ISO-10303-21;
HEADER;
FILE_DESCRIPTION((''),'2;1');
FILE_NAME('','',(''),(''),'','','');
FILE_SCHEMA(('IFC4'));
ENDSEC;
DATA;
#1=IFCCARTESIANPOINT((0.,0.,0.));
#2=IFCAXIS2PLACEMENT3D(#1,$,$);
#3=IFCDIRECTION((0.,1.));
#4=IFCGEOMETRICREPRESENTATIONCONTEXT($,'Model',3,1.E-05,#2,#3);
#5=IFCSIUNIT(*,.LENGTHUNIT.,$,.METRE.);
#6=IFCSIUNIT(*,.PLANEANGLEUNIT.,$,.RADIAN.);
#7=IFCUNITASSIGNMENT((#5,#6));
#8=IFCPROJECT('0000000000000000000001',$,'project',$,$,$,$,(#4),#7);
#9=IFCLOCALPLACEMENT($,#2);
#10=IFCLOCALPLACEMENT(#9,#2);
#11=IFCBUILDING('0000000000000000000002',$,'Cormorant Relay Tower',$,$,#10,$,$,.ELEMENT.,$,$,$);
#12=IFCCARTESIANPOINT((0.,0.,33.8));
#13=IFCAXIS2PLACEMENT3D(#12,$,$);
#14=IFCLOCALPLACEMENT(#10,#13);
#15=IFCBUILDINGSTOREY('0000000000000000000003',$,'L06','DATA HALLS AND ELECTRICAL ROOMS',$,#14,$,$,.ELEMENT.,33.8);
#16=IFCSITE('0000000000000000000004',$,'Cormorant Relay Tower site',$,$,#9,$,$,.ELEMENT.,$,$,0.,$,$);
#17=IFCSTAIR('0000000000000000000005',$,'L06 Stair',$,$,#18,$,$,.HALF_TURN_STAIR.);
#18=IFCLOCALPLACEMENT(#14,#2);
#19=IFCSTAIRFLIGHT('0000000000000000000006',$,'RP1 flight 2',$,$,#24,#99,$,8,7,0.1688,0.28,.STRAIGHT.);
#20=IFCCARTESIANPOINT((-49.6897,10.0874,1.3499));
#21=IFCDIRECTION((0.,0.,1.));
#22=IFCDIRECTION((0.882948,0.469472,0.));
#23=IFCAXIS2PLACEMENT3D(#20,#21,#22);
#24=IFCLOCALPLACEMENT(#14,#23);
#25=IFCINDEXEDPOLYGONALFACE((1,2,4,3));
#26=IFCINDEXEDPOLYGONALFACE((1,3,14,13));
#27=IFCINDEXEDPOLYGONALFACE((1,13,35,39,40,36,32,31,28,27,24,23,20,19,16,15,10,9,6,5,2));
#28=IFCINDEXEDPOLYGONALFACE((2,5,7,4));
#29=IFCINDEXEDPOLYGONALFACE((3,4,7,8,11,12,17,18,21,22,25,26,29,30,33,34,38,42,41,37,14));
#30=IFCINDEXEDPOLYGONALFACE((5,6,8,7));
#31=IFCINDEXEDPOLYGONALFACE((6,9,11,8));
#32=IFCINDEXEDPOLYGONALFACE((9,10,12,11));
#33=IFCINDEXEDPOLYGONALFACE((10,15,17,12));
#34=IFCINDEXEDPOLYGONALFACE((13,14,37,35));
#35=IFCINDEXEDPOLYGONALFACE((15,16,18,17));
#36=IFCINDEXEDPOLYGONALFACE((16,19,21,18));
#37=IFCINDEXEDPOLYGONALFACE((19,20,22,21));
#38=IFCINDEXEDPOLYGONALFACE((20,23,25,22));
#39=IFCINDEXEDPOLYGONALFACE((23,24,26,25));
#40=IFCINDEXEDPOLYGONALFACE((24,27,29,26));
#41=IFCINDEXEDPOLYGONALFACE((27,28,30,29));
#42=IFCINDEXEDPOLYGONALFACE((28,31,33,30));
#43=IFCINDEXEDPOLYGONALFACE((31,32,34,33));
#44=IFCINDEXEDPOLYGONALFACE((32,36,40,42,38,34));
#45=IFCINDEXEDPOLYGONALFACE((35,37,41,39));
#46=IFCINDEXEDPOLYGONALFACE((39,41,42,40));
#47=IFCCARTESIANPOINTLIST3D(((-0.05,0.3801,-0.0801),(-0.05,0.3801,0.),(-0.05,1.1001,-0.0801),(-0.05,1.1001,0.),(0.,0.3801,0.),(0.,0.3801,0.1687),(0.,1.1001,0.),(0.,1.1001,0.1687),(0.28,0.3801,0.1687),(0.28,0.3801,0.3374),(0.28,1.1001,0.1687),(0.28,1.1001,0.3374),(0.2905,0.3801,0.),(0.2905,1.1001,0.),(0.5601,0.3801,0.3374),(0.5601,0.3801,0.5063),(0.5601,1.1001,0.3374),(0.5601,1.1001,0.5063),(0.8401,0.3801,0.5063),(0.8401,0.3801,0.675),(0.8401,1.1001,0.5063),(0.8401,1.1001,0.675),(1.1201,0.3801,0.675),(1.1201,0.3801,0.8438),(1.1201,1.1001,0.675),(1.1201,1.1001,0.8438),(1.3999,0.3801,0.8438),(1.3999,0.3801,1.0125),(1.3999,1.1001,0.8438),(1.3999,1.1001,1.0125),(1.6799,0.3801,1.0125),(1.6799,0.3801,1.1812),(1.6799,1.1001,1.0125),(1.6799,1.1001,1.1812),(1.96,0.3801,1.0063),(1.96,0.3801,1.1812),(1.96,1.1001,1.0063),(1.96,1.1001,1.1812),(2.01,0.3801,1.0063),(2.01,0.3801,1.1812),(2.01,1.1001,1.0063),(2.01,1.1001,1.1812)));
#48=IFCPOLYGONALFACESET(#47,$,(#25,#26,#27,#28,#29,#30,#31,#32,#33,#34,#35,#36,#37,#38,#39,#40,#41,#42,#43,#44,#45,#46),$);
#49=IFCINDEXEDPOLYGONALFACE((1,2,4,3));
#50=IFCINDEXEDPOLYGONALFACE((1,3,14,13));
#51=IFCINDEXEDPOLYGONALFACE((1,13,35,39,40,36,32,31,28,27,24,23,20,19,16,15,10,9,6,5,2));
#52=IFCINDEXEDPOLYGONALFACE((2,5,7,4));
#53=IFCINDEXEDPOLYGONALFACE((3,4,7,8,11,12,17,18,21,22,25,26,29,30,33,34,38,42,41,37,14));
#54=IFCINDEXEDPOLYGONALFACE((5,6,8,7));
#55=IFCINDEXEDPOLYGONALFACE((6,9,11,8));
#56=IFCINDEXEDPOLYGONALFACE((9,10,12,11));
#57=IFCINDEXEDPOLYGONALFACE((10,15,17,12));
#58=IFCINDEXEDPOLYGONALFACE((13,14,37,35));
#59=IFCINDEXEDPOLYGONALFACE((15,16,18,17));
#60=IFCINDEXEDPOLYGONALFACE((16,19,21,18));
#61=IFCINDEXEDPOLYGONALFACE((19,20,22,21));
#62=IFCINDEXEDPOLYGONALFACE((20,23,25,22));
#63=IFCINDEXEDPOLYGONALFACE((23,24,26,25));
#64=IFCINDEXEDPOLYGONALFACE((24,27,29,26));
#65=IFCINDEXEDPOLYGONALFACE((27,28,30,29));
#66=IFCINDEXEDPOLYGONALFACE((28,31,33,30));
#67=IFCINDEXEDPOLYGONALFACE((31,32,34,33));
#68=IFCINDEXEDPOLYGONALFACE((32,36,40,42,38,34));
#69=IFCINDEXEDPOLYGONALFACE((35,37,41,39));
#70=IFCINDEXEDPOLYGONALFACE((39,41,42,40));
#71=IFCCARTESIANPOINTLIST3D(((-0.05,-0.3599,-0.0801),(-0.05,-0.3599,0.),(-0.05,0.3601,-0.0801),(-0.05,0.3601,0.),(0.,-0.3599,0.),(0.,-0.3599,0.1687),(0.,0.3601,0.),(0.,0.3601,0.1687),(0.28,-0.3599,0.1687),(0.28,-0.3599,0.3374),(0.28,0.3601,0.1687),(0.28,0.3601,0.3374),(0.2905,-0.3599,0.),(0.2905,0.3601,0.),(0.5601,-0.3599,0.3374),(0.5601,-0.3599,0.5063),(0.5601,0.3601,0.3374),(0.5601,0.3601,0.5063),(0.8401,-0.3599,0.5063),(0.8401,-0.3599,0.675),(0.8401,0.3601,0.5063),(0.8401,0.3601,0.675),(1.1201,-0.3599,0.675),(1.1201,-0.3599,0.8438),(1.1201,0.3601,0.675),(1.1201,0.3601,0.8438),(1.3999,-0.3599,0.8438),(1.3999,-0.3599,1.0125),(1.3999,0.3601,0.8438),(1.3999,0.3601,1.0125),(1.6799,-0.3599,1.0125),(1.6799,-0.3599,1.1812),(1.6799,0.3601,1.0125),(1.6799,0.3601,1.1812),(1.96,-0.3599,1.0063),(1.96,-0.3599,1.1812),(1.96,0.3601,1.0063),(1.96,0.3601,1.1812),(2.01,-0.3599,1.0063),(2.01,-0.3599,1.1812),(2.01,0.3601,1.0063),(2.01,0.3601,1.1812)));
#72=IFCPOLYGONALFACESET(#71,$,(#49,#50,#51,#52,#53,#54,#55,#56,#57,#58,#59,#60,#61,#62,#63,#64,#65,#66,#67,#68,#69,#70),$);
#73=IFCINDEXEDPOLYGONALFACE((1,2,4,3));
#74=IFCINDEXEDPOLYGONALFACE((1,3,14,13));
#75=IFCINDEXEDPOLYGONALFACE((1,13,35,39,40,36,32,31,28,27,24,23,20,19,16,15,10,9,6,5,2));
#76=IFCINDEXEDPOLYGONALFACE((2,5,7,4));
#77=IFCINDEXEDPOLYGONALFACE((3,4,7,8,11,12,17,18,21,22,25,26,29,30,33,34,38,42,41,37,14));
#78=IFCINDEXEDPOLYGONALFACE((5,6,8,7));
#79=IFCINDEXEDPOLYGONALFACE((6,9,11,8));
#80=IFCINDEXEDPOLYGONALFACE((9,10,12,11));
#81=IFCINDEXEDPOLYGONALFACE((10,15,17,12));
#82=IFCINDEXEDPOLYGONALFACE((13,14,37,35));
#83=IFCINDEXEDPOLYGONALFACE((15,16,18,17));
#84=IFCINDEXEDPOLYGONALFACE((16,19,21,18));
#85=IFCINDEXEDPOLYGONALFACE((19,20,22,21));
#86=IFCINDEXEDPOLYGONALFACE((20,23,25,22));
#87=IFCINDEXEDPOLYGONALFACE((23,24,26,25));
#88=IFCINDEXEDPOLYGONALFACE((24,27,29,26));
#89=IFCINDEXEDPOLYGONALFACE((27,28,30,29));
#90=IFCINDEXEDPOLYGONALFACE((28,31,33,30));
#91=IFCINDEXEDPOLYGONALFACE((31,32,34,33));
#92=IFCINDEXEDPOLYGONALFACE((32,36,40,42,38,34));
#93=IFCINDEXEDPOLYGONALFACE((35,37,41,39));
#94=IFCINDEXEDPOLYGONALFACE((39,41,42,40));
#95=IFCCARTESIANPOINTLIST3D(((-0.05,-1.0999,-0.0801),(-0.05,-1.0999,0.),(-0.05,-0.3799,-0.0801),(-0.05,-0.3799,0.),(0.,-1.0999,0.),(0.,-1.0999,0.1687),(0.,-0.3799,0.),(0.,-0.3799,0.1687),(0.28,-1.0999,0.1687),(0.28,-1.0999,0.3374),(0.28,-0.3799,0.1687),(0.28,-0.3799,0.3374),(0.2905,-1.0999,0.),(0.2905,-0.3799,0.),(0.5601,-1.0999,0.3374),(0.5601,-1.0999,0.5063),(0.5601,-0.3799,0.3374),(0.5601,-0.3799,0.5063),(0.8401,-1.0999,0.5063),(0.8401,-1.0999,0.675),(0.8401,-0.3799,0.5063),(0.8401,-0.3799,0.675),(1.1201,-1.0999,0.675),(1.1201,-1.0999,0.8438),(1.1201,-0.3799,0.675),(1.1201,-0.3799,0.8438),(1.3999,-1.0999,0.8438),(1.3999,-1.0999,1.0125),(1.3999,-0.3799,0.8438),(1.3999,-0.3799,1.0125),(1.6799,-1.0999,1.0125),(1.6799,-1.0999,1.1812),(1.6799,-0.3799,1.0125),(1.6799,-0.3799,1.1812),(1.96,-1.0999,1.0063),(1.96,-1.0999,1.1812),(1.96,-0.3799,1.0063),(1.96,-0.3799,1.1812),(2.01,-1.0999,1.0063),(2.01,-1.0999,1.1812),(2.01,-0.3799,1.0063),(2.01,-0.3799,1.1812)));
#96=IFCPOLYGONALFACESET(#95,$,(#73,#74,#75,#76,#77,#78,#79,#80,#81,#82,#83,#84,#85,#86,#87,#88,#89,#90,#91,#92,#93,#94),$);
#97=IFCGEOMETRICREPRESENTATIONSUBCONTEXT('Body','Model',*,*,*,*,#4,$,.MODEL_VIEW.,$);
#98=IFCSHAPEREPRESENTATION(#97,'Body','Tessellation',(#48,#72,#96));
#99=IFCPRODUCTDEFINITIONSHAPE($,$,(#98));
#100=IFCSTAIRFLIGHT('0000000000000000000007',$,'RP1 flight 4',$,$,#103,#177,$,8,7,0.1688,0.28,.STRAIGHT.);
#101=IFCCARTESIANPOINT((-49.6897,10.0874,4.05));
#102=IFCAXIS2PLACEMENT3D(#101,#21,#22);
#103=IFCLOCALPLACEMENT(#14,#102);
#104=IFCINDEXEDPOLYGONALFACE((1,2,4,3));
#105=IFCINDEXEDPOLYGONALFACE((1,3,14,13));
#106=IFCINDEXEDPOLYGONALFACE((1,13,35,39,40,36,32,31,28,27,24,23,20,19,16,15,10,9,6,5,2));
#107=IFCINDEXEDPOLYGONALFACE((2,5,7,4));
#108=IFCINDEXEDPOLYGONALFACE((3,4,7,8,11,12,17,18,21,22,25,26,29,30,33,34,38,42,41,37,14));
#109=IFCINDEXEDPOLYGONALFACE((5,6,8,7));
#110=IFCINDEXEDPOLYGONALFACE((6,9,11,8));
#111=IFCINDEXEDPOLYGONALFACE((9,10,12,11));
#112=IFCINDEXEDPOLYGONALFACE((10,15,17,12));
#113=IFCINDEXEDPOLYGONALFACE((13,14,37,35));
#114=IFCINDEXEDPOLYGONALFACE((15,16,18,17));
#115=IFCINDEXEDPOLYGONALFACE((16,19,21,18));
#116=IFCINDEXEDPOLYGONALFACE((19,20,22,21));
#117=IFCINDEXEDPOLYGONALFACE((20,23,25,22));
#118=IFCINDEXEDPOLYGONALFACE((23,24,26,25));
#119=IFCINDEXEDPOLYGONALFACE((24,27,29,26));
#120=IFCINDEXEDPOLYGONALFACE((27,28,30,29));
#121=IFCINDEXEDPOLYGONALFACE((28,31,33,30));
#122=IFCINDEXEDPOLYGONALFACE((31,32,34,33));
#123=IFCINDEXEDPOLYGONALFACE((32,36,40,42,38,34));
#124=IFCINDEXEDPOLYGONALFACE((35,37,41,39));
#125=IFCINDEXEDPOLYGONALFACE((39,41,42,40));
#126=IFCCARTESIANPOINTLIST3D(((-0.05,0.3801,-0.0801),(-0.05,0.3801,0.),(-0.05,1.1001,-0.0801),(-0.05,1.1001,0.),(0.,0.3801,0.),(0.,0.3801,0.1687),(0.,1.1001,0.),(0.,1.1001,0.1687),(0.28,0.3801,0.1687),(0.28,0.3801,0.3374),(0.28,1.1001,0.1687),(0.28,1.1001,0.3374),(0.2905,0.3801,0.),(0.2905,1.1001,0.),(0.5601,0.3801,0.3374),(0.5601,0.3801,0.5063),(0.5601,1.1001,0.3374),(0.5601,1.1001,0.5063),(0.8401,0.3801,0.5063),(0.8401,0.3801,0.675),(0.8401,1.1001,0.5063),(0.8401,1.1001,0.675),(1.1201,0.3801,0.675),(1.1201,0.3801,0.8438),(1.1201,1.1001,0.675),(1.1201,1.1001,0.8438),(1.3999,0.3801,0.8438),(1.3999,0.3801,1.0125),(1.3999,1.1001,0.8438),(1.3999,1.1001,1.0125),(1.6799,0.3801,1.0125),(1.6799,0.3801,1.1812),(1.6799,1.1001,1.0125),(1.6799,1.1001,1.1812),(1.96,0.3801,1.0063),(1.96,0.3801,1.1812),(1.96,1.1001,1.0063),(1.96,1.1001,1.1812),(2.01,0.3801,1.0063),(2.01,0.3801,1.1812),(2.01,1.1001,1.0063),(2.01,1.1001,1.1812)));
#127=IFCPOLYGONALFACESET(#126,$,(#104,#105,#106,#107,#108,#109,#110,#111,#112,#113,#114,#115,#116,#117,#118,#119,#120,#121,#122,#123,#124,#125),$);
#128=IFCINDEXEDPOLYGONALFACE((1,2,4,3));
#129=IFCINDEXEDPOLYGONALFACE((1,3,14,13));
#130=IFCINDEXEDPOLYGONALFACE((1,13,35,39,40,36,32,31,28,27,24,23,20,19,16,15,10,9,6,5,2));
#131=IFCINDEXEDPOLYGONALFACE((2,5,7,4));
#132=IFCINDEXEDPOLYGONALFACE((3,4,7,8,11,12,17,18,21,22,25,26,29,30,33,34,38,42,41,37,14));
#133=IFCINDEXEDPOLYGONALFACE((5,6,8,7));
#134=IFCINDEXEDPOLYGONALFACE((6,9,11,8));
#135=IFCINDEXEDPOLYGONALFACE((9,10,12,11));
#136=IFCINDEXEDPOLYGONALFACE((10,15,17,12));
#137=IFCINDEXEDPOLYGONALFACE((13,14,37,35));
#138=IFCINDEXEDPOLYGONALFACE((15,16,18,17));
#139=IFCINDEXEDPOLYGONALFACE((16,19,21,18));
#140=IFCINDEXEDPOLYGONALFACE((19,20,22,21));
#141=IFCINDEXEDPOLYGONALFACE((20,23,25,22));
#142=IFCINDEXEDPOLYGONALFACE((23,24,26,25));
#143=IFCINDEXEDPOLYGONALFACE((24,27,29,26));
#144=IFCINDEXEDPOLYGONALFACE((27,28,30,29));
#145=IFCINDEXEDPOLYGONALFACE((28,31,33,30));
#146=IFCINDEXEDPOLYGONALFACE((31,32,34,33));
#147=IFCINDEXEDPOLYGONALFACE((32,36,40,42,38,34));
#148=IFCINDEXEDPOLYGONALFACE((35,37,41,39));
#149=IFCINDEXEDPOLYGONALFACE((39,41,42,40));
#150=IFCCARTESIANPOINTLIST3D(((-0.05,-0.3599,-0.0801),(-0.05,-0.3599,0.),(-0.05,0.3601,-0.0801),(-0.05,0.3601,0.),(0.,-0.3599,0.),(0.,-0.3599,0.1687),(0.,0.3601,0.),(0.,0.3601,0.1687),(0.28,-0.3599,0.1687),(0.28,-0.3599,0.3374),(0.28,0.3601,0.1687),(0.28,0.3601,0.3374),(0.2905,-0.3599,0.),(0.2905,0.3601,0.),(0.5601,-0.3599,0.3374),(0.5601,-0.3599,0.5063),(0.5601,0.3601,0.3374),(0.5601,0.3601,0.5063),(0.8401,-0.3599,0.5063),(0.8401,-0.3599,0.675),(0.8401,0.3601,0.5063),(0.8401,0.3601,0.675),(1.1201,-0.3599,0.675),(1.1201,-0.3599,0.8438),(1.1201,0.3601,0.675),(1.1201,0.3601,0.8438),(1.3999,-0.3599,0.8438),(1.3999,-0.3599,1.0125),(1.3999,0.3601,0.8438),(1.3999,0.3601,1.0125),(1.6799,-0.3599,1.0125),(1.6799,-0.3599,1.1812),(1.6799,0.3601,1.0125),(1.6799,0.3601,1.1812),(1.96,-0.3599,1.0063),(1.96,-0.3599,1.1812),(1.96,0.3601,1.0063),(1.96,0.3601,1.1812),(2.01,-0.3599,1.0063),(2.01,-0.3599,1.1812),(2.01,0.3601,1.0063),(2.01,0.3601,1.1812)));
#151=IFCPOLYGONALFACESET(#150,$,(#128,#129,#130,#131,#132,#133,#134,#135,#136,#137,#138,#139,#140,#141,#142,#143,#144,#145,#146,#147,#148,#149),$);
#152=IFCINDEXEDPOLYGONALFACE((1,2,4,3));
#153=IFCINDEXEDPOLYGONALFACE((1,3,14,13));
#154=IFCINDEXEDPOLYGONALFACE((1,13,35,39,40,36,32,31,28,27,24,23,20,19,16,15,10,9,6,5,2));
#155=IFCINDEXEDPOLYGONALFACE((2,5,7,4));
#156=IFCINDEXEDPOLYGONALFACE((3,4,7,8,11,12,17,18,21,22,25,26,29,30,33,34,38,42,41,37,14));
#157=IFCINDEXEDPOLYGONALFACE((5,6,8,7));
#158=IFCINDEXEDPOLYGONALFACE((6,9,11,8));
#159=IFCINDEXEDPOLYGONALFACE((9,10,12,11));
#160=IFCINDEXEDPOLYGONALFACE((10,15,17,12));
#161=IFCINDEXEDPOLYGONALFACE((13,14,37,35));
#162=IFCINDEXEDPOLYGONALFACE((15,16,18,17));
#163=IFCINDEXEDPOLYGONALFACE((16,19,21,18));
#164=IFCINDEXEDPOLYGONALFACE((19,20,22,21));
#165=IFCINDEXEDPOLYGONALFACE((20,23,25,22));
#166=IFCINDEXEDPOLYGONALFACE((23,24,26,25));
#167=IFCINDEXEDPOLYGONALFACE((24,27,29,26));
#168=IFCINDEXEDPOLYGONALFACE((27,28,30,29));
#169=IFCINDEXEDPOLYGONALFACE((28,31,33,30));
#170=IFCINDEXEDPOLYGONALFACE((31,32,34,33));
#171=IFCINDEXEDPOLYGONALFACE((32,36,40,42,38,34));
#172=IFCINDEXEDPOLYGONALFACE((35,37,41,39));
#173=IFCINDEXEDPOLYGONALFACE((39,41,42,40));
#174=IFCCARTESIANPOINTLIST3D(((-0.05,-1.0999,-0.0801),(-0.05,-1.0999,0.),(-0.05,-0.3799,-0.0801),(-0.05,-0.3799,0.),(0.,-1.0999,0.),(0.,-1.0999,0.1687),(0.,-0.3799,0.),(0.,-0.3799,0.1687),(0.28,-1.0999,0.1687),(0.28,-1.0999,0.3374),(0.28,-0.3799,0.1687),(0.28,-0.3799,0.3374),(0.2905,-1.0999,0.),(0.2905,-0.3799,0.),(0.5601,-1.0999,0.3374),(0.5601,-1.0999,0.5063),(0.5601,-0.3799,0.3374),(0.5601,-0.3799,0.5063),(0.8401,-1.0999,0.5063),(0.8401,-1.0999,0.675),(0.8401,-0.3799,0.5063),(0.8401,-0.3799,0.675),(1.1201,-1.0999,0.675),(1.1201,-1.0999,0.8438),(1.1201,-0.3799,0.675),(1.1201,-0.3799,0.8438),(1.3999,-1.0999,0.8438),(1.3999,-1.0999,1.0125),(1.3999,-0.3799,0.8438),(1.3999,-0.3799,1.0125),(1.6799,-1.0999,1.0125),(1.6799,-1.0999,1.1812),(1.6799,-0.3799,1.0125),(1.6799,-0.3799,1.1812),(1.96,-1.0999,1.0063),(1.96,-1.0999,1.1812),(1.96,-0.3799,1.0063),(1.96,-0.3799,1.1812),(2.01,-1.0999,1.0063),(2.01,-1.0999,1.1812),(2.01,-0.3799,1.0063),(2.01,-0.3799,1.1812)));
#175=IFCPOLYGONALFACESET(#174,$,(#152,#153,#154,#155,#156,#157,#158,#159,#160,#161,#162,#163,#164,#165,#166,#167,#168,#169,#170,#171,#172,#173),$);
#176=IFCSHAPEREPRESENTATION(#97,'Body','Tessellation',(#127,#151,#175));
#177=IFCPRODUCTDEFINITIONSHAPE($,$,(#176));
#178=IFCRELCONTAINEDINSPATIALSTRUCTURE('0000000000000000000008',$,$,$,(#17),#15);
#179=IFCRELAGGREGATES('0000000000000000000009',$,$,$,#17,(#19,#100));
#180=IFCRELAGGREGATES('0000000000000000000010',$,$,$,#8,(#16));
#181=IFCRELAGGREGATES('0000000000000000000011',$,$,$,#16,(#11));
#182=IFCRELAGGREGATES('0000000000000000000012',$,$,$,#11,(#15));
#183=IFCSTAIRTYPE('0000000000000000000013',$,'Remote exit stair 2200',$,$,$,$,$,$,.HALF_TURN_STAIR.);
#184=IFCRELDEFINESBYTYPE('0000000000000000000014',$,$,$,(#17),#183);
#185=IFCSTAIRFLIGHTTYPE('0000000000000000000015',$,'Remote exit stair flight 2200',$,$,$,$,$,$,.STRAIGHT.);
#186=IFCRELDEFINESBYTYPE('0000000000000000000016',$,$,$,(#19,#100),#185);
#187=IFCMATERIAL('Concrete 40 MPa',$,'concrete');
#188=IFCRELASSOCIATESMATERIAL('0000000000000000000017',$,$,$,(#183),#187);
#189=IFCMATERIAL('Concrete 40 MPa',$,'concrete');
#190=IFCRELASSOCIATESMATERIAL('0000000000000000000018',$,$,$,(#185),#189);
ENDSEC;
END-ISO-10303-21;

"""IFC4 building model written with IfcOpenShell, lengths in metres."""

from ifc_helpers import new_model, si_unit, direction, frame, origin, place, context, subcontext, project, spatial, polyline, outline, extrude, material, type_object, element, aggregate, save


model = new_model("IFC4")

# Units and contexts
model_context = context("Model", 3, precision=1e-05, world=origin(), true_north=direction((0.0, 1.0)))
body_context = subcontext(model_context, "Body", "Model", "MODEL_VIEW")
ifc_project = project(units=[si_unit("LENGTHUNIT", "METRE"), si_unit("PLANEANGLEUNIT", "RADIAN")], contexts=[model_context])

# Site, building, storey
site_placement = place(None, origin())
site = spatial("IfcSite", under=ifc_project, at=site_placement, Name="Cormorant Relay Tower site", CompositionType="ELEMENT", RefElevation=0.0)
building_placement = place(site_placement, origin())
building = spatial("IfcBuilding", under=site, at=building_placement, Name="Cormorant Relay Tower", CompositionType="ELEMENT")
storey_placement = place(building_placement, frame((0.0, 0.0, 33.8)))
storey = spatial("IfcBuildingStorey", under=building, at=storey_placement, Name="L06", Description="DATA HALLS AND ELECTRICAL ROOMS", CompositionType="ELEMENT", Elevation=33.8)

# Stair, stair flights
ifc_material_1 = material(Name="Concrete 40 MPa", Category="concrete")
stair_type = type_object("IfcStairType", Name="Remote exit stair 2200", PredefinedType="HALF_TURN_STAIR", material=ifc_material_1)
stair_placement = place(storey_placement, origin())
stair = element("IfcStair", 1, at=stair_placement, inside=storey, type_object=stair_type, Name="L06 Stair", PredefinedType="HALF_TURN_STAIR")
ifc_material_2 = material(Name="Concrete 40 MPa", Category="concrete")
stair_flight_type = type_object("IfcStairFlightType", Name="Remote exit stair flight 2200", PredefinedType="STRAIGHT", material=ifc_material_2)
stair_flight_1_placement = place(storey_placement, frame((-49.6897, 10.0874, 1.3499), z_axis=(0.0, 0.0, 1.0), x_axis=(0.882948, 0.469472, 0.0)))
stair_flight_1 = element("IfcStairFlight", 2, at=stair_flight_1_placement, type_object=stair_flight_type, Name="RP1 flight 2", NumberOfRisers=8, NumberOfTreads=7, PredefinedType="STRAIGHT", RiserHeight=0.1688, TreadLength=0.28, context=body_context, shape_type="SweptSolid", body=[
    extrude(outline(polyline([(-0.05, -0.0801), (-0.05, 0.0), (0.0, 0.0), (0.0, 0.1687), (0.28, 0.1687), (0.28, 0.3374), (0.5601, 0.3374), (0.5601, 0.5063), (0.8401, 0.5063), (0.8401, 0.675), (1.1201, 0.675), (1.1201, 0.8438), (1.3999, 0.8438), (1.3999, 1.0125), (1.6799, 1.0125), (1.6799, 1.1812), (1.96, 1.1812), (2.01, 1.1812), (2.01, 1.0063), (1.96, 1.0063), (0.2905, 0.0), (-0.05, -0.0801)])), frame((0.0, 1.1001, 0.0), z_axis=(0.0, -1.0, 0.0), x_axis=(1.0, 0.0, 0.0)), (0.0, 0.0, 1.0), 0.72),
    extrude(outline(polyline([(-0.05, -0.0801), (-0.05, 0.0), (0.0, 0.0), (0.0, 0.1687), (0.28, 0.1687), (0.28, 0.3374), (0.5601, 0.3374), (0.5601, 0.5063), (0.8401, 0.5063), (0.8401, 0.675), (1.1201, 0.675), (1.1201, 0.8438), (1.3999, 0.8438), (1.3999, 1.0125), (1.6799, 1.0125), (1.6799, 1.1812), (1.96, 1.1812), (2.01, 1.1812), (2.01, 1.0063), (1.96, 1.0063), (0.2905, 0.0), (-0.05, -0.0801)])), frame((0.0, 0.3601, 0.0), z_axis=(0.0, -1.0, 0.0), x_axis=(1.0, 0.0, 0.0)), (0.0, 0.0, 1.0), 0.72),
    extrude(outline(polyline([(-0.05, -0.0801), (-0.05, 0.0), (0.0, 0.0), (0.0, 0.1687), (0.28, 0.1687), (0.28, 0.3374), (0.5601, 0.3374), (0.5601, 0.5063), (0.8401, 0.5063), (0.8401, 0.675), (1.1201, 0.675), (1.1201, 0.8438), (1.3999, 0.8438), (1.3999, 1.0125), (1.6799, 1.0125), (1.6799, 1.1812), (1.96, 1.1812), (2.01, 1.1812), (2.01, 1.0063), (1.96, 1.0063), (0.2905, 0.0), (-0.05, -0.0801)])), frame((0.0, -0.3799, 0.0), z_axis=(0.0, -1.0, 0.0), x_axis=(1.0, 0.0, 0.0)), (0.0, 0.0, 1.0), 0.72),
])
stair_flight_2_placement = place(storey_placement, frame((-49.6897, 10.0874, 4.05), z_axis=(0.0, 0.0, 1.0), x_axis=(0.882948, 0.469472, 0.0)))
stair_flight_2 = element("IfcStairFlight", 3, at=stair_flight_2_placement, type_object=stair_flight_type, Name="RP1 flight 4", NumberOfRisers=8, NumberOfTreads=7, PredefinedType="STRAIGHT", RiserHeight=0.1688, TreadLength=0.28, context=body_context, shape_type="SweptSolid", body=[
    extrude(outline(polyline([(-0.05, -0.0801), (-0.05, 0.0), (0.0, 0.0), (0.0, 0.1687), (0.28, 0.1687), (0.28, 0.3374), (0.5601, 0.3374), (0.5601, 0.5063), (0.8401, 0.5063), (0.8401, 0.675), (1.1201, 0.675), (1.1201, 0.8438), (1.3999, 0.8438), (1.3999, 1.0125), (1.6799, 1.0125), (1.6799, 1.1812), (1.96, 1.1812), (2.01, 1.1812), (2.01, 1.0063), (1.96, 1.0063), (0.2905, 0.0), (-0.05, -0.0801)])), frame((0.0, 1.1001, 0.0), z_axis=(0.0, -1.0, 0.0), x_axis=(1.0, 0.0, 0.0)), (0.0, 0.0, 1.0), 0.72),
    extrude(outline(polyline([(-0.05, -0.0801), (-0.05, 0.0), (0.0, 0.0), (0.0, 0.1687), (0.28, 0.1687), (0.28, 0.3374), (0.5601, 0.3374), (0.5601, 0.5063), (0.8401, 0.5063), (0.8401, 0.675), (1.1201, 0.675), (1.1201, 0.8438), (1.3999, 0.8438), (1.3999, 1.0125), (1.6799, 1.0125), (1.6799, 1.1812), (1.96, 1.1812), (2.01, 1.1812), (2.01, 1.0063), (1.96, 1.0063), (0.2905, 0.0), (-0.05, -0.0801)])), frame((0.0, 0.3601, 0.0), z_axis=(0.0, -1.0, 0.0), x_axis=(1.0, 0.0, 0.0)), (0.0, 0.0, 1.0), 0.72),
    extrude(outline(polyline([(-0.05, -0.0801), (-0.05, 0.0), (0.0, 0.0), (0.0, 0.1687), (0.28, 0.1687), (0.28, 0.3374), (0.5601, 0.3374), (0.5601, 0.5063), (0.8401, 0.5063), (0.8401, 0.675), (1.1201, 0.675), (1.1201, 0.8438), (1.3999, 0.8438), (1.3999, 1.0125), (1.6799, 1.0125), (1.6799, 1.1812), (1.96, 1.1812), (2.01, 1.1812), (2.01, 1.0063), (1.96, 1.0063), (0.2905, 0.0), (-0.05, -0.0801)])), frame((0.0, -0.3799, 0.0), z_axis=(0.0, -1.0, 0.0), x_axis=(1.0, 0.0, 0.0)), (0.0, 0.0, 1.0), 0.72),
])
aggregate(stair, [stair_flight_1, stair_flight_2])

save(model, "model.ifc")
